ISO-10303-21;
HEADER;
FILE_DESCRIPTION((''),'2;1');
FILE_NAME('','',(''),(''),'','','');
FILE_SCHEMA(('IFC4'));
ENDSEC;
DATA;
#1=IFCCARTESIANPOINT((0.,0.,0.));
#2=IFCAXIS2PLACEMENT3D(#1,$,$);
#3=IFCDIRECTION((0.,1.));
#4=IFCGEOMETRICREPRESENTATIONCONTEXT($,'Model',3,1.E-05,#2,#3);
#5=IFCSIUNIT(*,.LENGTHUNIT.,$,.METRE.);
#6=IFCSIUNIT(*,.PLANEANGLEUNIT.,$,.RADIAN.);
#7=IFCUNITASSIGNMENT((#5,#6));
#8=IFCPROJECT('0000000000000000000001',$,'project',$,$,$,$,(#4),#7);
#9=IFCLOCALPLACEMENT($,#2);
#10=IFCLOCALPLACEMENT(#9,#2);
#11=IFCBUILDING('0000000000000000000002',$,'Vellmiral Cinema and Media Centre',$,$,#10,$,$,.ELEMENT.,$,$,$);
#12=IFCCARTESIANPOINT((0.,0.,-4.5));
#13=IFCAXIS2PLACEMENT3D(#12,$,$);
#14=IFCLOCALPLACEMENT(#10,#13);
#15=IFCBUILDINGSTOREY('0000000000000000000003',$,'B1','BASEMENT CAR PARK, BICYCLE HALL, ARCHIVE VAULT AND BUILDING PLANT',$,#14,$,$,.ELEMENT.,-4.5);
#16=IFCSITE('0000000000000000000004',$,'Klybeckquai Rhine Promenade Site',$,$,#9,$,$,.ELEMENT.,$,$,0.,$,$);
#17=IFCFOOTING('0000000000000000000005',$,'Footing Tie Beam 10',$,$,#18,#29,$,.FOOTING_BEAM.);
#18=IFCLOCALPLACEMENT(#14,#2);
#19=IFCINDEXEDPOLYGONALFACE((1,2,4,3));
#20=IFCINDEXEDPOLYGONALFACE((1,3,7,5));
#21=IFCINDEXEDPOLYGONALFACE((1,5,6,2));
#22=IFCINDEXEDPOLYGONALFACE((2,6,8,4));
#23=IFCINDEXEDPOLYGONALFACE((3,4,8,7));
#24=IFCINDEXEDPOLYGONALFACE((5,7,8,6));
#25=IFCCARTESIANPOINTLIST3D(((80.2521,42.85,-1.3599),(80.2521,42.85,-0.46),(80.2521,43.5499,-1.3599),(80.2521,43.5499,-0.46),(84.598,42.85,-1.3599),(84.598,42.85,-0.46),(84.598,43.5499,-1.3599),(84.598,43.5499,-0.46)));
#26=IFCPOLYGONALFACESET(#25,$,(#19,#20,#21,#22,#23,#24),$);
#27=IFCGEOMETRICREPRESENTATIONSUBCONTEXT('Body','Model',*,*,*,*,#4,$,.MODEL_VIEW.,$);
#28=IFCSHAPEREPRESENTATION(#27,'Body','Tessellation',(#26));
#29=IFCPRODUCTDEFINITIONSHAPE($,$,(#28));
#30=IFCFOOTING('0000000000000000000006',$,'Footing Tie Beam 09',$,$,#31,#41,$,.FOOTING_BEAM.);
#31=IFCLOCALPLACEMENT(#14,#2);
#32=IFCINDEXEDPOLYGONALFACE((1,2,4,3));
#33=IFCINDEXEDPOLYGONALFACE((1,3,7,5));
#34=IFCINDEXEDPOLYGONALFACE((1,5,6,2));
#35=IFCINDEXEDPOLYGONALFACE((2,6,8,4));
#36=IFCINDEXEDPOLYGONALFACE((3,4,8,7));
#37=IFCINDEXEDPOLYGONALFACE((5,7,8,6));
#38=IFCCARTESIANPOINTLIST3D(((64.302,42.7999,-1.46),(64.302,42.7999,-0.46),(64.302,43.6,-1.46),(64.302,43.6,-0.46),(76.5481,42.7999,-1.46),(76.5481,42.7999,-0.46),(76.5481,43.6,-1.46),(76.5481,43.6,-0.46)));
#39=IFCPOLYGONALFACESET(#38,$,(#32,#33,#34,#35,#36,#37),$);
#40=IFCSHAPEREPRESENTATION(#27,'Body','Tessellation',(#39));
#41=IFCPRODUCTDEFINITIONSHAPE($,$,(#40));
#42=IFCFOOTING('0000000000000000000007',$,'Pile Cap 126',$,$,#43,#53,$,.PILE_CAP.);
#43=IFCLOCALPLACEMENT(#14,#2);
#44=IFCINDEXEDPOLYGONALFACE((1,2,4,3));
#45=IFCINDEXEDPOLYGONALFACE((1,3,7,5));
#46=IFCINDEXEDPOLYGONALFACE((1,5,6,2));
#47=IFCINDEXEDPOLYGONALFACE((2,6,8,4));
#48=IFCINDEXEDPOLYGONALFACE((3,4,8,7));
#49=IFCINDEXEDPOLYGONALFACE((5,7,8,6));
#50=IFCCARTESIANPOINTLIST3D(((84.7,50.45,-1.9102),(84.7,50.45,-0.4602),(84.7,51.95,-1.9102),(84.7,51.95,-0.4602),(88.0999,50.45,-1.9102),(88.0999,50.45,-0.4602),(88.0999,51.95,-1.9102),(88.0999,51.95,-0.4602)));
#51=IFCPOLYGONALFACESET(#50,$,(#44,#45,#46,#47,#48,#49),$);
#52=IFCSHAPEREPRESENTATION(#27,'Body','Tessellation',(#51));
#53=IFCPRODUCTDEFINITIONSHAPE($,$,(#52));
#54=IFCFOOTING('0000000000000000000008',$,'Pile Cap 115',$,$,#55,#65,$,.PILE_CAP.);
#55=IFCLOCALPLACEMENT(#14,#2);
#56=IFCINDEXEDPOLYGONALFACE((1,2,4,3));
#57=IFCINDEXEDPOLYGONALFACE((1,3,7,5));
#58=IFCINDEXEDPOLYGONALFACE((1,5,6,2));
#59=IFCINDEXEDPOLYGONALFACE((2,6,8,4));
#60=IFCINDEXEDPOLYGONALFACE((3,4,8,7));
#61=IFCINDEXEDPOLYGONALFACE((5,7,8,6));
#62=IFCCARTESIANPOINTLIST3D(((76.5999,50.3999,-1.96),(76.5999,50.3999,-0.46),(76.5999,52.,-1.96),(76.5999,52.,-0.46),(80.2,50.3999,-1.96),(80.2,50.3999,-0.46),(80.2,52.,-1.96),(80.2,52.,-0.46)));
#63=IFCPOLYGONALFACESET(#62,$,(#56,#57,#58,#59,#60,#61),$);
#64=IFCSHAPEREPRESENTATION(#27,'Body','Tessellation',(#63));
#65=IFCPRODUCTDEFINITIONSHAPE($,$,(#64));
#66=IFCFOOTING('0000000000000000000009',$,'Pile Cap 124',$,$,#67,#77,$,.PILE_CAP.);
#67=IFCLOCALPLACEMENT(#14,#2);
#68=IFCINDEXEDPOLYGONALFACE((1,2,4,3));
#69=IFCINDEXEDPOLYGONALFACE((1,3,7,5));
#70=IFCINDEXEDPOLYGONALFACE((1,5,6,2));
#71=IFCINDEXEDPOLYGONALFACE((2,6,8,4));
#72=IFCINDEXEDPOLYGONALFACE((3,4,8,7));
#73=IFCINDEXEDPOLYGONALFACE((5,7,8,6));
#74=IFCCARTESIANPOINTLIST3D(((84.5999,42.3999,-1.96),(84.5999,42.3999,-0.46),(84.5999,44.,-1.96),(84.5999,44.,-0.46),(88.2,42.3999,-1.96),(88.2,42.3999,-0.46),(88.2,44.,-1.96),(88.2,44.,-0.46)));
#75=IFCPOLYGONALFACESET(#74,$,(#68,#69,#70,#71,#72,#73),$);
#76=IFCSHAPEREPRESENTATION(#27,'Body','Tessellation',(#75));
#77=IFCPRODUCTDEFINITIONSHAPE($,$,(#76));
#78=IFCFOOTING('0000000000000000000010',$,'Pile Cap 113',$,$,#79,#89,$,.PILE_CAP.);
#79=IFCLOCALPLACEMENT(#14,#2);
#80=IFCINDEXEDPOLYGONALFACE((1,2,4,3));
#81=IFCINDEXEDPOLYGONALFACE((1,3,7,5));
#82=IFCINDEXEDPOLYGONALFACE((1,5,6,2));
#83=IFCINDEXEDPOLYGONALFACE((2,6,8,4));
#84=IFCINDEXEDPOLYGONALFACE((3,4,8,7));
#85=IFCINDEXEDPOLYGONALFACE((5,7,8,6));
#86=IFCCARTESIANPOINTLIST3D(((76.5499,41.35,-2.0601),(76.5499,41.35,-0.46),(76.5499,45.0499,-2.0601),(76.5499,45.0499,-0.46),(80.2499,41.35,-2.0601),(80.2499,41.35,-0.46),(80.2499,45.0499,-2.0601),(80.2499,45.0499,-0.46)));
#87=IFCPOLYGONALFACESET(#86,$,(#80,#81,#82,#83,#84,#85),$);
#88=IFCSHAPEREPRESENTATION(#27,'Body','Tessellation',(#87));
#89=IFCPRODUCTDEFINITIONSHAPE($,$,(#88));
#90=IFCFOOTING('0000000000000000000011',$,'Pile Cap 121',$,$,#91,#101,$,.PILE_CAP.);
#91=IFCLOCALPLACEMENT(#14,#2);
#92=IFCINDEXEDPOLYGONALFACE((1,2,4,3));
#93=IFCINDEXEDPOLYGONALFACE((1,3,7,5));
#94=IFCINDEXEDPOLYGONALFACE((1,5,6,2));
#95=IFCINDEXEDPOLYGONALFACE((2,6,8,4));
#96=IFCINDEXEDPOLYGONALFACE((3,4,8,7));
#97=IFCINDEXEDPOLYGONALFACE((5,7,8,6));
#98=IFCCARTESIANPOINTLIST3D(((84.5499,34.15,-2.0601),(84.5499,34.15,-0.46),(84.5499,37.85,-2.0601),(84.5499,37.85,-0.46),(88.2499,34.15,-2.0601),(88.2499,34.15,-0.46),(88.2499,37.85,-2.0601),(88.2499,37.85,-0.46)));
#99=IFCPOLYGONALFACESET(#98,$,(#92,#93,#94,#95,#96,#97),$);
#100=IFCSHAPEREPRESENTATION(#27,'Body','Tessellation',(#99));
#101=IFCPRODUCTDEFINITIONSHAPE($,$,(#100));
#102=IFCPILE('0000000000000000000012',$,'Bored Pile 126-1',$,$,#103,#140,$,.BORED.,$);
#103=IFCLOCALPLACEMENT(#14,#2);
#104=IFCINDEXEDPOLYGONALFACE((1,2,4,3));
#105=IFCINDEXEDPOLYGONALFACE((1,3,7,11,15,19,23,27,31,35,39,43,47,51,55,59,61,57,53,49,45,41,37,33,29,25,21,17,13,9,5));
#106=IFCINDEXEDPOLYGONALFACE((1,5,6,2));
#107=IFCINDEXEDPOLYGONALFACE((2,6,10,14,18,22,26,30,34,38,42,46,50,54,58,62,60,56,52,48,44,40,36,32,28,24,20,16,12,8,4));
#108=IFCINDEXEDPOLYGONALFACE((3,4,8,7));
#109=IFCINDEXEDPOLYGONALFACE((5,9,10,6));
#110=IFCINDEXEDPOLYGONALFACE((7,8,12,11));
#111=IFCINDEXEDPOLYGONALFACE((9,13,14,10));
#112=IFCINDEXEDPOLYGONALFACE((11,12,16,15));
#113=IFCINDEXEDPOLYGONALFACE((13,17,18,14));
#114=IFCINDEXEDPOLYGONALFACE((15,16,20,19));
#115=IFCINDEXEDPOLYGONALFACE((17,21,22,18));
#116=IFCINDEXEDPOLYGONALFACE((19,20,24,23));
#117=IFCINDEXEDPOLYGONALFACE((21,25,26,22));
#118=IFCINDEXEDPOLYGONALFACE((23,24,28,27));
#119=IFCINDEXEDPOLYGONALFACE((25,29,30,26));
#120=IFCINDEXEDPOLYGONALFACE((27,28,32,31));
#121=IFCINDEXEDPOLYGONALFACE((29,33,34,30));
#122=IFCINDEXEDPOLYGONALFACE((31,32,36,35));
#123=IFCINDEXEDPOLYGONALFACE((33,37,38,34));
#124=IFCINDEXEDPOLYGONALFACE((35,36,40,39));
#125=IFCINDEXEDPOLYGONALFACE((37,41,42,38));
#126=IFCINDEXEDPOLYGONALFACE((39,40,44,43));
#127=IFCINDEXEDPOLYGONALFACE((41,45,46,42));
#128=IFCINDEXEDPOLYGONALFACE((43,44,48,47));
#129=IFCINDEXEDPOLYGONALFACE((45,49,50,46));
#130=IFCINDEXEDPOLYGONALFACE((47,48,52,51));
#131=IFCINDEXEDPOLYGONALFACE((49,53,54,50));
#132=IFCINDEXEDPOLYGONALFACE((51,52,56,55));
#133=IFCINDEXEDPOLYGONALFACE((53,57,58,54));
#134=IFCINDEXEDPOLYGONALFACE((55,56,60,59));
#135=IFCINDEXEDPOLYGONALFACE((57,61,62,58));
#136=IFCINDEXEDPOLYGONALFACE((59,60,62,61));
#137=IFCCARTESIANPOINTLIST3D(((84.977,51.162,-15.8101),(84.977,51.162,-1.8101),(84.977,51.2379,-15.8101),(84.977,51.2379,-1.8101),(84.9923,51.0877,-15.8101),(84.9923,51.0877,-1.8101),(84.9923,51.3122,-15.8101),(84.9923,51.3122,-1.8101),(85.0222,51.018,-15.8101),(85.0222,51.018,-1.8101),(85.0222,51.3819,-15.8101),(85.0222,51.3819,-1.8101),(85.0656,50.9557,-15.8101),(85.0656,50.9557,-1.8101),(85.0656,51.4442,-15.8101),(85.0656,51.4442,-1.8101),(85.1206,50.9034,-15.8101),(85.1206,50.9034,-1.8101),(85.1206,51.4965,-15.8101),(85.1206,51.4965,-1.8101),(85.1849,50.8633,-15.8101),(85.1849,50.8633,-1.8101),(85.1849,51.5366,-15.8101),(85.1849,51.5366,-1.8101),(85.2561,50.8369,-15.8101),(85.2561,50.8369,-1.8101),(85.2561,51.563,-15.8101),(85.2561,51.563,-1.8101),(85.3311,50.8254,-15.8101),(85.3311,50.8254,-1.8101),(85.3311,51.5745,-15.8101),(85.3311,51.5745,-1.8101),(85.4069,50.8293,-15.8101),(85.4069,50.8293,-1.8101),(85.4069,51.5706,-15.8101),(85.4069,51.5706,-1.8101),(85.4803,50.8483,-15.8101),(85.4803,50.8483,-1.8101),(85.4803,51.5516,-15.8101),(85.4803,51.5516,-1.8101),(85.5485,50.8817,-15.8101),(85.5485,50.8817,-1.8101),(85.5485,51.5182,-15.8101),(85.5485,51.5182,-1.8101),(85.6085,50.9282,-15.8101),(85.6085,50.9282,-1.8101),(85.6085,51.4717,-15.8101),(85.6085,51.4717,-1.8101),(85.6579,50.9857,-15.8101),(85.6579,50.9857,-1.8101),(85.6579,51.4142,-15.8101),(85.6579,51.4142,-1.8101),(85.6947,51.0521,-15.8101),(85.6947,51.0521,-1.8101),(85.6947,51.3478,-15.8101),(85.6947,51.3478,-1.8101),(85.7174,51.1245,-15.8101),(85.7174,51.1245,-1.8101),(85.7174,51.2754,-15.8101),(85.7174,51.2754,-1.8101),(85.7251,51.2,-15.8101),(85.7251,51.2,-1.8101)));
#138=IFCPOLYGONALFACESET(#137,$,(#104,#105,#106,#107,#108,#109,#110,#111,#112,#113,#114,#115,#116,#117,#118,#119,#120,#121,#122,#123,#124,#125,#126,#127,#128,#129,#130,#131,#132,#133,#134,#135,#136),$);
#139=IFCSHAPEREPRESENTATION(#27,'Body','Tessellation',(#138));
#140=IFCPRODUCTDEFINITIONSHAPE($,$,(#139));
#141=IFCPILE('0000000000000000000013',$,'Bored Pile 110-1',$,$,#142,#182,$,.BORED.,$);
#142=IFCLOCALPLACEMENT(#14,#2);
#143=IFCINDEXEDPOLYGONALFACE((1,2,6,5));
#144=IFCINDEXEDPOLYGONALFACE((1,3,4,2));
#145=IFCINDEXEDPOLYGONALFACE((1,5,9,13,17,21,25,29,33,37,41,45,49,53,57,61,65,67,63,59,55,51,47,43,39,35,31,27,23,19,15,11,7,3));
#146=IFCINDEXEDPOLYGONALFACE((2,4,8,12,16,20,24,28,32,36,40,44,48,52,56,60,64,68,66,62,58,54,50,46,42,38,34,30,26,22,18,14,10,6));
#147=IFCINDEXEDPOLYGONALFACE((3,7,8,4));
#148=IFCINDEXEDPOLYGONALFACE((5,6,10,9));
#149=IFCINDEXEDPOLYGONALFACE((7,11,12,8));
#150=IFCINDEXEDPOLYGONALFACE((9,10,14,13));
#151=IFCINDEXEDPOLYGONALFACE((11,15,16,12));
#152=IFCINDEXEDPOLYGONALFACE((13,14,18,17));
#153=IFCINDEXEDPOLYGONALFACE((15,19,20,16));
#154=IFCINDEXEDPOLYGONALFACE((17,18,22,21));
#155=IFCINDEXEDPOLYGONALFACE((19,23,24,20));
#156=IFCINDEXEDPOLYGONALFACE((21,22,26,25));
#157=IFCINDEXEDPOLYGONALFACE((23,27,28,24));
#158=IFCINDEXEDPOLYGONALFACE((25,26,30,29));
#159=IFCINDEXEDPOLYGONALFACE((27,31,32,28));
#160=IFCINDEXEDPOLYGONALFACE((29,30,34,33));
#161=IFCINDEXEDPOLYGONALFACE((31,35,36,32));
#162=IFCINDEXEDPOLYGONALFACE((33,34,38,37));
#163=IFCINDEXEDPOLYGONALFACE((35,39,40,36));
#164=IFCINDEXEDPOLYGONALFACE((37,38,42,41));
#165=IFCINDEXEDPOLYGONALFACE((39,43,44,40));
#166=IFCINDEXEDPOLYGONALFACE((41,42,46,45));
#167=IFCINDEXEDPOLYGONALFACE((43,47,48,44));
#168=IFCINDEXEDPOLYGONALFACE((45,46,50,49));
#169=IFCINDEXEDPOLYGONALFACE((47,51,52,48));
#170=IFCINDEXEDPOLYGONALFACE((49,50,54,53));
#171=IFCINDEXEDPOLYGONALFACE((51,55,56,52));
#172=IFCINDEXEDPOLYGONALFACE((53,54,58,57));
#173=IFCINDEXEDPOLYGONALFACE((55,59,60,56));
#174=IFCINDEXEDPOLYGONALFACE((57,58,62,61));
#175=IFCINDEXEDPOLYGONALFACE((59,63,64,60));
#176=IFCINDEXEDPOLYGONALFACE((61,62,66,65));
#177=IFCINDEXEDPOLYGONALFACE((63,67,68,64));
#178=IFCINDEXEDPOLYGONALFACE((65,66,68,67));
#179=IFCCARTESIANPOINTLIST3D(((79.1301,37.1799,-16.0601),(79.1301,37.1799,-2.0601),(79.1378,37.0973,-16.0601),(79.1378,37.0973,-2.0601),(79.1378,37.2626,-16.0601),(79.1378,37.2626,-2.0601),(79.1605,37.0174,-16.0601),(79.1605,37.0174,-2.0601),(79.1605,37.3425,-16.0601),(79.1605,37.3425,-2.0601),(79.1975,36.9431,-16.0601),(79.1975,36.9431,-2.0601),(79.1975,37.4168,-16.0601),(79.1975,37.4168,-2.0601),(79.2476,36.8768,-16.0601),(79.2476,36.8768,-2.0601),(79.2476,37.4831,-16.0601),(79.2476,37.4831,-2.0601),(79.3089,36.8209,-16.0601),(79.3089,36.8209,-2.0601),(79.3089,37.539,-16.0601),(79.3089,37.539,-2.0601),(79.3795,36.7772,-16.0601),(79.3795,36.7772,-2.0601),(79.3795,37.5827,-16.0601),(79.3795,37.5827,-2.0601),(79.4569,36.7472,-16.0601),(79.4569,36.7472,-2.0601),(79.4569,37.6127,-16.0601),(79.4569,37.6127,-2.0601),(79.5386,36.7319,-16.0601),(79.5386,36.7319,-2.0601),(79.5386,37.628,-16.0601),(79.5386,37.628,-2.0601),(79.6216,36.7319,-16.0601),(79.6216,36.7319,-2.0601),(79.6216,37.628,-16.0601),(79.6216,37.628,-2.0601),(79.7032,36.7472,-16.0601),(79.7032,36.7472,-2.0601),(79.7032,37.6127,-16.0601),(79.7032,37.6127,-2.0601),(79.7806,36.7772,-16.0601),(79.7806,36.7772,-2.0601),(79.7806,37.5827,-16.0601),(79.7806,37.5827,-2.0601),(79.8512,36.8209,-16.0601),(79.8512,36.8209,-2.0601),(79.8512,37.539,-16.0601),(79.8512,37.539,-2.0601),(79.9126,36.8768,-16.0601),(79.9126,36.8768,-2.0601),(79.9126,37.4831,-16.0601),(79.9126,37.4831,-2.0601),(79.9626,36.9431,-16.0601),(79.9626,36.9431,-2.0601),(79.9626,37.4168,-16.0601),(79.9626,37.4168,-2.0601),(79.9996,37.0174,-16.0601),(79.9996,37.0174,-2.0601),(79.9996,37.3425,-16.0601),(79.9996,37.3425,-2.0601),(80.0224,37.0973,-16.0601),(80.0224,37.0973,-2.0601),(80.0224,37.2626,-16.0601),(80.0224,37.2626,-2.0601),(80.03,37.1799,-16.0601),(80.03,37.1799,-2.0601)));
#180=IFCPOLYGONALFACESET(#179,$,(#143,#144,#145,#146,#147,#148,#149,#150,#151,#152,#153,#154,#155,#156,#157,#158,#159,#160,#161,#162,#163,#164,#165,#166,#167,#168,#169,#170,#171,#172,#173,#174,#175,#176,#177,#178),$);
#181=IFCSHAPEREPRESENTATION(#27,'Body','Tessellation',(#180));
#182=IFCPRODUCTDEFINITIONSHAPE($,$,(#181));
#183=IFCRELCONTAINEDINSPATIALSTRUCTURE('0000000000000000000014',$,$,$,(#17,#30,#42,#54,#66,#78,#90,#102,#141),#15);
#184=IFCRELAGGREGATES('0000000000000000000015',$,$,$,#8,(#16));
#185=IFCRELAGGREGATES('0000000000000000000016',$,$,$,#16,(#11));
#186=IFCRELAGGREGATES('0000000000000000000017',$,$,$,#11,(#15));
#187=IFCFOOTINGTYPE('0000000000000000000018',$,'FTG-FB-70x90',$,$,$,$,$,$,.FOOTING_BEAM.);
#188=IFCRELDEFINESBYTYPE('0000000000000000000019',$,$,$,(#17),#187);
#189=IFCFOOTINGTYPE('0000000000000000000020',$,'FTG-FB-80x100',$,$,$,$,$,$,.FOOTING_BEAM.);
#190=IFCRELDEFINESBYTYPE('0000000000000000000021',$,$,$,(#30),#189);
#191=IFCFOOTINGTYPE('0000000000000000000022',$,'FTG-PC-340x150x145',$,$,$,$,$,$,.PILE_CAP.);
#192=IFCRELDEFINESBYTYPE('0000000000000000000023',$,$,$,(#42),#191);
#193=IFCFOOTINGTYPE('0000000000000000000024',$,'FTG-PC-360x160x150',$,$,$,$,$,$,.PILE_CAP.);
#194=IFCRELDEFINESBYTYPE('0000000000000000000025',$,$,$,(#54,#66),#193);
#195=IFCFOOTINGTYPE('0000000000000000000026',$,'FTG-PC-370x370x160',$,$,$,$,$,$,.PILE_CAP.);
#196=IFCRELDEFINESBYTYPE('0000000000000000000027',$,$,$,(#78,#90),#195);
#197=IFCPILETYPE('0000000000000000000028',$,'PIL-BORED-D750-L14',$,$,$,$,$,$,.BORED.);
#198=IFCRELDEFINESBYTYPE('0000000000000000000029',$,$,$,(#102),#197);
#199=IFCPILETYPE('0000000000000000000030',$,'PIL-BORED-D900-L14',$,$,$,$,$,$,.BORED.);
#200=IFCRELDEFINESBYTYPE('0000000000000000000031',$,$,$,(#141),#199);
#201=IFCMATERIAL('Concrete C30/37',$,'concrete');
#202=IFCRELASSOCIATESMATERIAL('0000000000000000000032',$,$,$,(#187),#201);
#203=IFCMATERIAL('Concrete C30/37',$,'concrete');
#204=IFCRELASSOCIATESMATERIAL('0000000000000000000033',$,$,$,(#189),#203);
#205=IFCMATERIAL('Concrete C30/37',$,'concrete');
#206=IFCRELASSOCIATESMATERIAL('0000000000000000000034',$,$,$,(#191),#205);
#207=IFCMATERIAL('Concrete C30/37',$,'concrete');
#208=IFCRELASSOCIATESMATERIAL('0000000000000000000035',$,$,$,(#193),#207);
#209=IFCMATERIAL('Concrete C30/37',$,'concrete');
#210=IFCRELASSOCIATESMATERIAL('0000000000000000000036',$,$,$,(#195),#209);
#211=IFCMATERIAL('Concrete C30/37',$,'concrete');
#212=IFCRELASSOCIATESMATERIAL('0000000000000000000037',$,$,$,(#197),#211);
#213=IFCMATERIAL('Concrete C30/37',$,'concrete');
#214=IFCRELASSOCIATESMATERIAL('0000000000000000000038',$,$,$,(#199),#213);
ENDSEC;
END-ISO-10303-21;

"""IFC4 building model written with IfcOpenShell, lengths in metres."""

from ifc_helpers import new_model, si_unit, direction, frame, origin, origin_2d, place, context, subcontext, project, spatial, rectangle, circle, extrude, material, material_profile, profile_set, type_object, element, save


model = new_model("IFC4")

# Units and contexts
model_context = context("Model", 3, precision=1e-05, world=origin(), true_north=direction((0.0, 1.0)))
body_context = subcontext(model_context, "Body", "Model", "MODEL_VIEW")
ifc_project = project(units=[si_unit("LENGTHUNIT", "METRE"), si_unit("PLANEANGLEUNIT", "RADIAN")], contexts=[model_context])

# Site, building, storey
site_placement = place(None, origin())
site = spatial("IfcSite", under=ifc_project, at=site_placement, Name="Klybeckquai Rhine Promenade Site", CompositionType="ELEMENT", RefElevation=0.0)
building_placement = place(site_placement, origin())
building = spatial("IfcBuilding", under=site, at=building_placement, Name="Vellmiral Cinema and Media Centre", CompositionType="ELEMENT")
storey_placement = place(building_placement, frame((0.0, 0.0, -4.5)))
storey = spatial("IfcBuildingStorey", under=building, at=storey_placement, Name="B1", Description="BASEMENT CAR PARK, BICYCLE HALL, ARCHIVE VAULT AND BUILDING PLANT", CompositionType="ELEMENT", Elevation=-4.5)

# Footings
ifc_material_1 = material(Name="Concrete C30/37", Category="concrete")
footing_type_1 = type_object("IfcFootingType", Name="FTG-FB-70x90", PredefinedType="FOOTING_BEAM", material=ifc_material_1)
footing_1_placement = place(storey_placement, frame((82.425, 43.2, -1.3599), z_axis=(0.0, 0.0, 1.0), x_axis=(1.0, 0.0, 0.0)))
element("IfcFooting", 1, at=footing_1_placement, inside=storey, type_object=footing_type_1, Name="Footing Tie Beam 10", PredefinedType="FOOTING_BEAM", context=body_context, shape_type="SweptSolid", body=[
    extrude(rectangle(XDim=4.3459, YDim=0.7, at=origin_2d()), origin(), (0.0, 0.0, 1.0), 0.8999),
])
ifc_material_2 = material(Name="Concrete C30/37", Category="concrete")
footing_type_2 = type_object("IfcFootingType", Name="FTG-FB-80x100", PredefinedType="FOOTING_BEAM", material=ifc_material_2)
footing_2_placement = place(storey_placement, frame((70.425, 43.2, -1.46), z_axis=(0.0, 0.0, 1.0), x_axis=(1.0, 0.0, 0.0)))
element("IfcFooting", 2, at=footing_2_placement, inside=storey, type_object=footing_type_2, Name="Footing Tie Beam 09", PredefinedType="FOOTING_BEAM", context=body_context, shape_type="SweptSolid", body=[
    extrude(rectangle(XDim=12.2461, YDim=0.8, at=origin_2d()), origin(), (0.0, 0.0, 1.0), 1.0),
])
ifc_material_3 = material(Name="Concrete C30/37", Category="concrete")
footing_type_3 = type_object("IfcFootingType", Name="FTG-PC-340x150x145", PredefinedType="PILE_CAP", material=ifc_material_3)
footing_3_placement = place(storey_placement, frame((86.3999, 51.2, -1.9102), z_axis=(0.0, 0.0, 1.0), x_axis=(1.0, 0.0, 0.0)))
element("IfcFooting", 3, at=footing_3_placement, inside=storey, type_object=footing_type_3, Name="Pile Cap 126", PredefinedType="PILE_CAP", context=body_context, shape_type="SweptSolid", body=[
    extrude(rectangle(XDim=3.3999, YDim=1.5, at=origin_2d()), origin(), (0.0, 0.0, 1.0), 1.45),
])
ifc_material_4 = material(Name="Concrete C30/37", Category="concrete")
footing_type_4 = type_object("IfcFootingType", Name="FTG-PC-360x160x150", PredefinedType="PILE_CAP", material=ifc_material_4)
for number, where, z_axis, x_axis, name in (
    (4, (78.3999, 51.2, -1.96), (0.0, 0.0, 1.0), (1.0, 0.0, 0.0), "Pile Cap 115"),
    (5, (86.3999, 43.2, -1.96), (0.0, 0.0, 1.0), (1.0, 0.0, 0.0), "Pile Cap 124"),
):
    element("IfcFooting", number, at=place(storey_placement, frame(where, z_axis=z_axis, x_axis=x_axis)), inside=storey, type_object=footing_type_4, Name=name, PredefinedType="PILE_CAP", context=body_context, shape_type="SweptSolid", body=[
        extrude(rectangle(XDim=3.6001, YDim=1.6001, at=origin_2d()), origin(), (0.0, 0.0, 1.0), 1.5),
    ])
ifc_material_5 = material(Name="Concrete C30/37", Category="concrete")
footing_type_5 = type_object("IfcFootingType", Name="FTG-PC-370x370x160", PredefinedType="PILE_CAP", material=ifc_material_5)
for number, where, z_axis, x_axis, name in (
    (6, (78.3999, 43.2, -2.0601), (0.0, 0.0, 1.0), (1.0, 0.0, 0.0), "Pile Cap 113"),
    (7, (86.3999, 36.0, -2.0601), (0.0, 0.0, 1.0), (1.0, 0.0, 0.0), "Pile Cap 121"),
):
    element("IfcFooting", number, at=place(storey_placement, frame(where, z_axis=z_axis, x_axis=x_axis)), inside=storey, type_object=footing_type_5, Name=name, PredefinedType="PILE_CAP", context=body_context, shape_type="SweptSolid", body=[
        extrude(rectangle(XDim=3.7, YDim=3.7, at=origin_2d()), origin(), (0.0, 0.0, 1.0), 1.6001),
    ])

# Piles
ifc_material_6 = material(Name="Concrete C30/37", Category="concrete")
ifc_material_profile_1 = material_profile(ifc_material_6, circle(Radius=0.375, at=origin_2d()), Name="PILE D750")
ifc_profile_set_1 = profile_set([ifc_material_profile_1], Name="Concrete C30/37")
pile_type_1 = type_object("IfcPileType", Name="PIL-BORED-D750-L14", PredefinedType="BORED", material=ifc_profile_set_1)
pile_placement = place(storey_placement, frame((85.3501, 51.2, -1.8101), z_axis=(0.0, 0.0, -1.0), x_axis=(1.0, 0.0, 0.0)))
element("IfcPile", 8, at=pile_placement, inside=storey, type_object=pile_type_1, Name="Bored Pile 126-1", PredefinedType="BORED", context=body_context, shape_type="SweptSolid", body=[
    extrude(circle(Radius=0.375, at=origin_2d()), origin(), (0.0, 0.0, 1.0), 14.0),
])
ifc_material_7 = material(Name="Concrete C30/37", Category="concrete")
ifc_material_profile_2 = material_profile(ifc_material_7, circle(Radius=0.45, at=origin_2d()), Name="PILE D900")
ifc_profile_set_2 = profile_set([ifc_material_profile_2], Name="Concrete C30/37")
pile_type_2 = type_object("IfcPileType", Name="PIL-BORED-D900-L14", PredefinedType="BORED", material=ifc_profile_set_2)
for number, where, z_axis, x_axis, name in (
    (9, (79.5801, 37.1799, -2.0601), (0.0, 0.0, -1.0), (1.0, 0.0, 0.0), "Bored Pile 110-1"),
):
    element("IfcPile", number, at=place(storey_placement, frame(where, z_axis=z_axis, x_axis=x_axis)), inside=storey, type_object=pile_type_2, Name=name, PredefinedType="BORED", context=body_context, shape_type="SweptSolid", body=[
        extrude(circle(Radius=0.45, at=origin_2d()), origin(), (0.0, 0.0, 1.0), 14.0),
    ])

save(model, "model.ifc")
